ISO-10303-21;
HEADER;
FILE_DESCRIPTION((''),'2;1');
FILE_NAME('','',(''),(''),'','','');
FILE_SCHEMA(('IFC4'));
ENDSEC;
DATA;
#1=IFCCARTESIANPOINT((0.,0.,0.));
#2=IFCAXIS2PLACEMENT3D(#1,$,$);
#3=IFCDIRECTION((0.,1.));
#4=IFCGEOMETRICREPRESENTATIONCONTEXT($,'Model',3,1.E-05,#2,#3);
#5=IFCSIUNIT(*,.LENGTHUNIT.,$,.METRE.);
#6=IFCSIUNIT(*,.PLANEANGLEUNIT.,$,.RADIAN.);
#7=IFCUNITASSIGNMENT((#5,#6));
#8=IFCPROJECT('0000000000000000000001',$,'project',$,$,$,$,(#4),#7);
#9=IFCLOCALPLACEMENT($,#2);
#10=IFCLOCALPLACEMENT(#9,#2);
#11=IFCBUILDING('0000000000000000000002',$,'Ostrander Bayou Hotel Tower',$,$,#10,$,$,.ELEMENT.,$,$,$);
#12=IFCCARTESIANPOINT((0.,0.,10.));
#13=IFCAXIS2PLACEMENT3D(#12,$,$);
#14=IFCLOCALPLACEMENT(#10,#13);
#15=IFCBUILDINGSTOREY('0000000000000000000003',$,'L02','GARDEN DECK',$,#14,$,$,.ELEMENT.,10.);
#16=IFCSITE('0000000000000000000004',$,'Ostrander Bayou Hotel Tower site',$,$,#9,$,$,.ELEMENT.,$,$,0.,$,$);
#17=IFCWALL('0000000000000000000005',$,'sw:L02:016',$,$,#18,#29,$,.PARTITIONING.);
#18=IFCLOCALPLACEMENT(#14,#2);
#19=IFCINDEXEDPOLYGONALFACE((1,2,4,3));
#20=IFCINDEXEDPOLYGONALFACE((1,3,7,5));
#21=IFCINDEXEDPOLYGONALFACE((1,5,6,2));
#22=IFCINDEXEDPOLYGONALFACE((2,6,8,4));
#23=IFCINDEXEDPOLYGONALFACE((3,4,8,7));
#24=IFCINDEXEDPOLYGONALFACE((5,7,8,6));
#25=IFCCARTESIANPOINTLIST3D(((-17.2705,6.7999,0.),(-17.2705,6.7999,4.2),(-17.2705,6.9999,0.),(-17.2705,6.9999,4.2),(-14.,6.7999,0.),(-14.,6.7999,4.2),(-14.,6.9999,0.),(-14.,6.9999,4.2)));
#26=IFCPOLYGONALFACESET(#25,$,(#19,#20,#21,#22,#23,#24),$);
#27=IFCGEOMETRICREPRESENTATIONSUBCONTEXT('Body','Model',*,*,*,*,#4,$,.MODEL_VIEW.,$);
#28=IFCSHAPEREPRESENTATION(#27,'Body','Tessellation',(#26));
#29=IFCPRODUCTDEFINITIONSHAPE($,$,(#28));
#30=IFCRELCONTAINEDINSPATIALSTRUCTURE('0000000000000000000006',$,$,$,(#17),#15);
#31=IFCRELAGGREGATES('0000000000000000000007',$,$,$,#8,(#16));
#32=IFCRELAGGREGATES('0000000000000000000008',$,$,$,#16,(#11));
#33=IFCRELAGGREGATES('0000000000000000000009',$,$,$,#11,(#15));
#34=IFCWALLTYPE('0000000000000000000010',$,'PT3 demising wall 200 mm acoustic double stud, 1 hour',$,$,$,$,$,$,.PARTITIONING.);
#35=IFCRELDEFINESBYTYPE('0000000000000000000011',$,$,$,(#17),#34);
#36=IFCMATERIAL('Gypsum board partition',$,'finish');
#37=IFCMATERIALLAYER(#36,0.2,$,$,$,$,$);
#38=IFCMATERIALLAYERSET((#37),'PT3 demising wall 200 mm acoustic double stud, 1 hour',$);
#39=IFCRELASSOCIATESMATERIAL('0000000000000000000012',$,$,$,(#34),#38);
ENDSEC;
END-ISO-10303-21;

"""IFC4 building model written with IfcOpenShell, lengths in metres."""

from ifc_helpers import new_model, si_unit, direction, frame, frame_2d, origin, place, context, subcontext, project, spatial, rectangle, extrude, material, layer, layer_set, type_object, element, save


model = new_model("IFC4")

# Units and contexts
model_context = context("Model", 3, precision=1e-05, world=origin(), true_north=direction((0.0, 1.0)))
body_context = subcontext(model_context, "Body", "Model", "MODEL_VIEW")
ifc_project = project(units=[si_unit("LENGTHUNIT", "METRE"), si_unit("PLANEANGLEUNIT", "RADIAN")], contexts=[model_context])

# Site, building, storey
site_placement = place(None, origin())
site = spatial("IfcSite", under=ifc_project, at=site_placement, Name="Ostrander Bayou Hotel Tower site", CompositionType="ELEMENT", RefElevation=0.0)
building_placement = place(site_placement, origin())
building = spatial("IfcBuilding", under=site, at=building_placement, Name="Ostrander Bayou Hotel Tower", CompositionType="ELEMENT")
storey_placement = place(building_placement, frame((0.0, 0.0, 10.0)))
storey = spatial("IfcBuildingStorey", under=building, at=storey_placement, Name="L02", Description="GARDEN DECK", CompositionType="ELEMENT", Elevation=10.0)

# Wall
ifc_material_1 = material(Name="Gypsum board partition", Category="finish")
ifc_layer_1 = layer(ifc_material_1, 0.2)
ifc_layer_set_1 = layer_set([ifc_layer_1], Name="PT3 demising wall 200 mm acoustic double stud, 1 hour")
wall_type_1 = type_object("IfcWallType", Name="PT3 demising wall 200 mm acoustic double stud, 1 hour", PredefinedType="PARTITIONING", material=ifc_layer_set_1)
wall_1_placement = place(storey_placement, frame((-17.2705, 6.8999, 0.0), z_axis=(0.0, 0.0, 1.0), x_axis=(1.0, 0.0, 0.0)))
element("IfcWall", 1, at=wall_1_placement, inside=storey, type_object=wall_type_1, Name="sw:L02:016", PredefinedType="PARTITIONING", context=body_context, shape_type="SweptSolid", body=[
    extrude(rectangle(XDim=3.2705, YDim=0.2, at=frame_2d((1.6353, 0.0))), origin(), (0.0, 0.0, 1.0), 4.2),
])

save(model, "model.ifc")
